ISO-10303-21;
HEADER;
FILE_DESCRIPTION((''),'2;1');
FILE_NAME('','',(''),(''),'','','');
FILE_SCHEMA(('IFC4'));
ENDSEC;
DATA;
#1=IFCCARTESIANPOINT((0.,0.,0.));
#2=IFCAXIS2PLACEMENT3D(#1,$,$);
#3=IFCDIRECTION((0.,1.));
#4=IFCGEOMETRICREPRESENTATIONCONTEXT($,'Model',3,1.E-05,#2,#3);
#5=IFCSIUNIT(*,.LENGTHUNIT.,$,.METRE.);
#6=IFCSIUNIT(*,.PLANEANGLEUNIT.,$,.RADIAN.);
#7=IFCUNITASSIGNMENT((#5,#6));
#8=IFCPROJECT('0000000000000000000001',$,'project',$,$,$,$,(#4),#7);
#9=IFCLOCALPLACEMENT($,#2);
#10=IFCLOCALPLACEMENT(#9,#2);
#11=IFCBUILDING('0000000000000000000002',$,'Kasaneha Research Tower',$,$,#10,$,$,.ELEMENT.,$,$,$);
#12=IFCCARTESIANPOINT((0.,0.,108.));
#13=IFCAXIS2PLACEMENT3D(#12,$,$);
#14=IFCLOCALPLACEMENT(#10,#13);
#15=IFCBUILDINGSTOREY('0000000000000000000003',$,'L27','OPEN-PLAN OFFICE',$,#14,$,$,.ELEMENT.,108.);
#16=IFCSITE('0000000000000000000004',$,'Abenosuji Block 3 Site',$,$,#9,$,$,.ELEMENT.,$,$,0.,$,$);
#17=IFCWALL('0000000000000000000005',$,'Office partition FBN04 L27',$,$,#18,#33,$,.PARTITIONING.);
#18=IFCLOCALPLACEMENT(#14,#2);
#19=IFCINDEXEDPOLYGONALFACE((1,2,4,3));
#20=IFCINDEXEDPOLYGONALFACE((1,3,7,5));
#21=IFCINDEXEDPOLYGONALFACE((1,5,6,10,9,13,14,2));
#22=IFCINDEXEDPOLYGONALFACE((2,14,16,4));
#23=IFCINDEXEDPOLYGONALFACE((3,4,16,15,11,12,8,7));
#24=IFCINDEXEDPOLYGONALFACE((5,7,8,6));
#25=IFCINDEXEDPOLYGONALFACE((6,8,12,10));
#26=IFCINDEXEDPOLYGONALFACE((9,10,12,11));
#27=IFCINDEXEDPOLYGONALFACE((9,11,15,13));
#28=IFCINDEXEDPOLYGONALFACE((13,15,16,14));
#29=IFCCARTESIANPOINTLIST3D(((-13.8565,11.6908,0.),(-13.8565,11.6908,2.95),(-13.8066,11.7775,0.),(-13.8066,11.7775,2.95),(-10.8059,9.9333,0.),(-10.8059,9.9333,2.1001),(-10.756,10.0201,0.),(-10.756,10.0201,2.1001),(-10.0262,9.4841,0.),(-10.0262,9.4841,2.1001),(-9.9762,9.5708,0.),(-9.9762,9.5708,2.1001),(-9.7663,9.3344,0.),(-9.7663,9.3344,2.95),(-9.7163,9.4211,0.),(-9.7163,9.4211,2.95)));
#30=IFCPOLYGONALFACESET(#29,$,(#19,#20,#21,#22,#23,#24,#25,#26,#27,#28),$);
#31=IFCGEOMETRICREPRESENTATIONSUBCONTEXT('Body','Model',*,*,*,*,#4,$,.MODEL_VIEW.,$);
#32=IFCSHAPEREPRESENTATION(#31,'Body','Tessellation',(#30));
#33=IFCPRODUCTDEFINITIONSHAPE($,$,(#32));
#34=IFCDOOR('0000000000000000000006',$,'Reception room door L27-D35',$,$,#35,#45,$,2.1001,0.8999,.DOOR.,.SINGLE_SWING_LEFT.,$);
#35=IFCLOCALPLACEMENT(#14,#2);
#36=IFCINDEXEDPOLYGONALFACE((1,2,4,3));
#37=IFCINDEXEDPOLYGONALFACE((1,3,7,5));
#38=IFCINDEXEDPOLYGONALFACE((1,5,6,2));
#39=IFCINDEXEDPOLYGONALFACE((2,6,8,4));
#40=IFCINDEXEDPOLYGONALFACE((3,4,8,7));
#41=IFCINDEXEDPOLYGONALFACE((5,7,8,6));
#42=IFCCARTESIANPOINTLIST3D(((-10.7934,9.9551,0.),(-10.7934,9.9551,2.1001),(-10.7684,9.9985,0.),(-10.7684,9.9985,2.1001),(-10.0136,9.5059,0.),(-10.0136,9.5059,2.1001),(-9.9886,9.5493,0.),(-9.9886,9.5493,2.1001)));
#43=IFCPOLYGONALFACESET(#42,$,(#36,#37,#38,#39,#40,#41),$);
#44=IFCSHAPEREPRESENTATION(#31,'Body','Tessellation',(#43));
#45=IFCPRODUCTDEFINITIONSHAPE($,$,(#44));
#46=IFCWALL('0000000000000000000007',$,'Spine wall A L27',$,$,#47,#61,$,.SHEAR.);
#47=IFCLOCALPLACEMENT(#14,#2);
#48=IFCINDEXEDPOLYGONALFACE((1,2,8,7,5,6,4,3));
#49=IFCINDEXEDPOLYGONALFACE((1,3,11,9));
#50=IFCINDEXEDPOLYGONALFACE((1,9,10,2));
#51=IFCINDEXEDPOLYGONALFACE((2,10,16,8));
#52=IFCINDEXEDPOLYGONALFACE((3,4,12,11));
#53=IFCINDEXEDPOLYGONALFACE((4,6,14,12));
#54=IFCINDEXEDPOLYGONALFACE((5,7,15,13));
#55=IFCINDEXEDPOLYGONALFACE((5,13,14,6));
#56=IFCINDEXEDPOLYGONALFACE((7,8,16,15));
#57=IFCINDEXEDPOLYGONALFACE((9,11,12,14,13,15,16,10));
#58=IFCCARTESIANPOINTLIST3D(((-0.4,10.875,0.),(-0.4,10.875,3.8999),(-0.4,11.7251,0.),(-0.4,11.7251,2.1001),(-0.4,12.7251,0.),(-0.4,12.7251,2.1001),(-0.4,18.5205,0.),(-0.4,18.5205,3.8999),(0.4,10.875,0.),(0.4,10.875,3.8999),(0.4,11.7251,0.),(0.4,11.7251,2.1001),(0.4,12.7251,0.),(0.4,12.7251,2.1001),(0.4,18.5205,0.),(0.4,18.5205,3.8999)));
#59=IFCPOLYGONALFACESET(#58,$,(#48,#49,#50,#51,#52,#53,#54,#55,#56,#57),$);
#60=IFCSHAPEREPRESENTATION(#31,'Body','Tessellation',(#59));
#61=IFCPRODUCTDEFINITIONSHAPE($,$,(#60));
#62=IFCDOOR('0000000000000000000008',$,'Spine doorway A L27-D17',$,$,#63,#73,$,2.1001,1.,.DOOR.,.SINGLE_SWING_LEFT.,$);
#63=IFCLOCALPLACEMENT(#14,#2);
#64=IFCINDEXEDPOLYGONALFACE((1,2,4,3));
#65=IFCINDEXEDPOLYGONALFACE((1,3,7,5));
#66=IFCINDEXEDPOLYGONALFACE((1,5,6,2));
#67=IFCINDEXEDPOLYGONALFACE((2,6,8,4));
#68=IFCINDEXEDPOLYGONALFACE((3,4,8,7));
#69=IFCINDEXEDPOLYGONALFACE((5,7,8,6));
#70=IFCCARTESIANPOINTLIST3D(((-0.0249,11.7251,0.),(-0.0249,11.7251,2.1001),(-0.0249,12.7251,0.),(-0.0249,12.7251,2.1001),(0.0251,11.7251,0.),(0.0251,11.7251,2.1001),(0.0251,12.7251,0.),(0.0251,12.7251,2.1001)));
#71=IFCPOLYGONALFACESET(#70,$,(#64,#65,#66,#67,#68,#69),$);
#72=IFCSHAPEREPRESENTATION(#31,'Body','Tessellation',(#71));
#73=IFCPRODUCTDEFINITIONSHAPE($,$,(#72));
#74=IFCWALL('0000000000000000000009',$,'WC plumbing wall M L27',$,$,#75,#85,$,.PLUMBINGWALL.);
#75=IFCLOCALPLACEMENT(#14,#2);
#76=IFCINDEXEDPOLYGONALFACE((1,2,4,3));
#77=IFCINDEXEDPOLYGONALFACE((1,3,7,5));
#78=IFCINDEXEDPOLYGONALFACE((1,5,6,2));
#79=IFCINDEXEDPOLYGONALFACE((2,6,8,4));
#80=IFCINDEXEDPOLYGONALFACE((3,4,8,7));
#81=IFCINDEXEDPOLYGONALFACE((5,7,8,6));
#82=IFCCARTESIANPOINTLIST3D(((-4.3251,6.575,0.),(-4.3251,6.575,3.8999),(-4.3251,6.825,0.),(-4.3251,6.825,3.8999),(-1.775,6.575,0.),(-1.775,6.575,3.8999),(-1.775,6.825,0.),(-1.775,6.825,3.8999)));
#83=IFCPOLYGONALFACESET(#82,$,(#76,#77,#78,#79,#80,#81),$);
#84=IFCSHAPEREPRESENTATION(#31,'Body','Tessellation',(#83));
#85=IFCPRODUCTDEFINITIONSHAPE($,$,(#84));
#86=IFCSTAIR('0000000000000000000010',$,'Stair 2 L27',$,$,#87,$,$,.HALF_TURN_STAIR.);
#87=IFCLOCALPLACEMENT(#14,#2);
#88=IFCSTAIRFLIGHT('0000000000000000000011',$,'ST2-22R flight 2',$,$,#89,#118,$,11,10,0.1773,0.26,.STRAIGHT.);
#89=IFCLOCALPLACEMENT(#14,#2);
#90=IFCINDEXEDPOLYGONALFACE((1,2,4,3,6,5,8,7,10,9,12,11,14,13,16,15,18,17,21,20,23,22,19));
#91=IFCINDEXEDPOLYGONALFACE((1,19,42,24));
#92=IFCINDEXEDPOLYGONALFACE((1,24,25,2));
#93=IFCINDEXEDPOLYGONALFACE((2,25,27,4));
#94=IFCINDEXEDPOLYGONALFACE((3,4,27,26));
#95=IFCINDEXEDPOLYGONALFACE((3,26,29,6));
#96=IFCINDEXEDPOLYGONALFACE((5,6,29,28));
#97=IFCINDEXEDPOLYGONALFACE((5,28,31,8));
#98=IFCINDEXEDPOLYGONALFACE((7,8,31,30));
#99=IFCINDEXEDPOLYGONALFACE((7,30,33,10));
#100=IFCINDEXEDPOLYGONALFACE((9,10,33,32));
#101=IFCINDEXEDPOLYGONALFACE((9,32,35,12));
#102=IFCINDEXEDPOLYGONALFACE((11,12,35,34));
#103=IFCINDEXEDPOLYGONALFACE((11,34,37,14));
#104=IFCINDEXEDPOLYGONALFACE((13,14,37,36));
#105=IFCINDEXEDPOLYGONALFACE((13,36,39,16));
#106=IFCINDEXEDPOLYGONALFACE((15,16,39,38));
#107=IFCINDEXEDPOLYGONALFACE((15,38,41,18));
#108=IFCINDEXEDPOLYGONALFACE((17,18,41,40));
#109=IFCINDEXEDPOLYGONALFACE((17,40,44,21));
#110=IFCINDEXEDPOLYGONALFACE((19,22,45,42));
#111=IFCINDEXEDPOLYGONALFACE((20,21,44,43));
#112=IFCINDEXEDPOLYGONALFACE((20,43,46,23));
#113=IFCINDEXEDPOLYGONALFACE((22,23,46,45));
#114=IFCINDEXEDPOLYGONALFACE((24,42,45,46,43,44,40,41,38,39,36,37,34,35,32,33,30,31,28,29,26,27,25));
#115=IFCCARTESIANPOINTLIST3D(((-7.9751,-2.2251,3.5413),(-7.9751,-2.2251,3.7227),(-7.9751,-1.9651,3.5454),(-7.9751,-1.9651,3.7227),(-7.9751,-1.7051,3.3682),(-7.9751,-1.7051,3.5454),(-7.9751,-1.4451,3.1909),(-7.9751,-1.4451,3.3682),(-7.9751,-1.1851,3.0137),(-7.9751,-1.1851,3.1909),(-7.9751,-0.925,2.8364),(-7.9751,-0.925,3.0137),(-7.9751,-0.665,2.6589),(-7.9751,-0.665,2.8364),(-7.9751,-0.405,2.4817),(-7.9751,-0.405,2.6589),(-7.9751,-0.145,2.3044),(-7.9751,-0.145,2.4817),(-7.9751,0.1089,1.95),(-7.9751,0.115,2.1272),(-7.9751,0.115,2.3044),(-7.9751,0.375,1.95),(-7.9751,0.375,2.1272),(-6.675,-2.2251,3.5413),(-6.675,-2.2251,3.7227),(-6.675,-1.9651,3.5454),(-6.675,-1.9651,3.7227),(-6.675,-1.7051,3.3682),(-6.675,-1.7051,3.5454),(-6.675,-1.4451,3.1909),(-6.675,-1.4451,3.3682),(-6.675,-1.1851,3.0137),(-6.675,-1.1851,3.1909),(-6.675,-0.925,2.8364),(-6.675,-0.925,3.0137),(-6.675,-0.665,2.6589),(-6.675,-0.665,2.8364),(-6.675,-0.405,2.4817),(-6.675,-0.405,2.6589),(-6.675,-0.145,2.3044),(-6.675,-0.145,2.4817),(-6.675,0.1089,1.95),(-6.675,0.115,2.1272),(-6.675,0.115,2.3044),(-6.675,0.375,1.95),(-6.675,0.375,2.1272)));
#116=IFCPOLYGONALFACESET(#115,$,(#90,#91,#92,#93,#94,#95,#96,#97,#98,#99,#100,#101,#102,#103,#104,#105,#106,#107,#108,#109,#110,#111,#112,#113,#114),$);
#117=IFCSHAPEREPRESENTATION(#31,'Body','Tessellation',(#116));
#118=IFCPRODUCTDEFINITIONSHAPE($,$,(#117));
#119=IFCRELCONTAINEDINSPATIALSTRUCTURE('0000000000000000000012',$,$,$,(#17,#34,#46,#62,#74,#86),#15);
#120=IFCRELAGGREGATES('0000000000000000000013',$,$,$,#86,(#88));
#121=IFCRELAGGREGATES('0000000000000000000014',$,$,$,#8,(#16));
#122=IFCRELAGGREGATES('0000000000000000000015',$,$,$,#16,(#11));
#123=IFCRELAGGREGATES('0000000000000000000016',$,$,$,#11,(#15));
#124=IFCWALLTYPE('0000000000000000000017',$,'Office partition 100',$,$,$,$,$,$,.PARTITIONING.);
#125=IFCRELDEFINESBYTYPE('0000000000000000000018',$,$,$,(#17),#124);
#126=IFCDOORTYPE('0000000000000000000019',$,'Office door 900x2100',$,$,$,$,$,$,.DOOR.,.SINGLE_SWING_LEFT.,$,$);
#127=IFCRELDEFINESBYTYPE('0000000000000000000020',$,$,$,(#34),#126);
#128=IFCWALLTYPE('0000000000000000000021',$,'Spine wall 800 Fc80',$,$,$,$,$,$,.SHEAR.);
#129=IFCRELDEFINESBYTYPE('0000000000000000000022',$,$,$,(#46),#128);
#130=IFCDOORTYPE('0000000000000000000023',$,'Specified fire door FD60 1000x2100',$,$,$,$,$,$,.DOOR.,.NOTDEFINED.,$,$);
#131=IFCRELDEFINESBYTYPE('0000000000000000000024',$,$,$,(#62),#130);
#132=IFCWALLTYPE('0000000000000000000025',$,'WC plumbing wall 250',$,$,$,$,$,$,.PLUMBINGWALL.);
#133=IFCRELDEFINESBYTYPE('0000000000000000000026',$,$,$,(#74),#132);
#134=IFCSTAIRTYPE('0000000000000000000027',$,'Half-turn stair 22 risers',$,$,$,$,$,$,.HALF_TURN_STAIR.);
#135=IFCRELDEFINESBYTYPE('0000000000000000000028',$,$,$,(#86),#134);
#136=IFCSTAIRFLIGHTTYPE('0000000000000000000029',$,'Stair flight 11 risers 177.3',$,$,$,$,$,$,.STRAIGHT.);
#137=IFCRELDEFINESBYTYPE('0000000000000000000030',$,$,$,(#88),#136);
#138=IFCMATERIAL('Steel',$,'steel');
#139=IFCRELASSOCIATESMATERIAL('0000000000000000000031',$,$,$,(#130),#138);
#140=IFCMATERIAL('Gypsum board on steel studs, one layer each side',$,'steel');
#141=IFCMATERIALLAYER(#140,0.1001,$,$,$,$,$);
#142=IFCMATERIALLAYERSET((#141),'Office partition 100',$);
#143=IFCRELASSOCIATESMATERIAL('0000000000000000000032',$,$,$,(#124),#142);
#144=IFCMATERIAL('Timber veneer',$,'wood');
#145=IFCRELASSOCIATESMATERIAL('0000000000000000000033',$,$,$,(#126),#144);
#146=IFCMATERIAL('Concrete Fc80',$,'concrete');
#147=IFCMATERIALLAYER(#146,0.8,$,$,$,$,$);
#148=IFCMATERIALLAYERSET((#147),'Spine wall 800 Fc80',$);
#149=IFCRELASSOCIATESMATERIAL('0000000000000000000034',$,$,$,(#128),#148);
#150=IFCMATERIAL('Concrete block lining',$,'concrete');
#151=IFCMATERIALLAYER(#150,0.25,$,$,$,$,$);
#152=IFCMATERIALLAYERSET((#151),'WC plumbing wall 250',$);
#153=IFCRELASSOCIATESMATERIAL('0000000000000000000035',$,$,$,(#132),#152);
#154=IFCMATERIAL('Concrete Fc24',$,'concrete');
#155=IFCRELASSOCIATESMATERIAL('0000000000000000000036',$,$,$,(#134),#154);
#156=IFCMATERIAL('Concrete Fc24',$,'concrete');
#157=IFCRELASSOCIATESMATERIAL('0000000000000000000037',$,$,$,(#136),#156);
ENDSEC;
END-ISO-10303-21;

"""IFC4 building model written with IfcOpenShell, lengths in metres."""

from ifc_helpers import new_model, si_unit, direction, frame, frame_2d, origin, place, context, subcontext, project, spatial, polyline, rectangle, outline, extrude, material, layer, layer_set, type_object, element, fill, aggregate, save


model = new_model("IFC4")

# Units and contexts
model_context = context("Model", 3, precision=1e-05, world=origin(), true_north=direction((0.0, 1.0)))
body_context = subcontext(model_context, "Body", "Model", "MODEL_VIEW")
ifc_project = project(units=[si_unit("LENGTHUNIT", "METRE"), si_unit("PLANEANGLEUNIT", "RADIAN")], contexts=[model_context])

# Site, building, storey
site_placement = place(None, origin())
site = spatial("IfcSite", under=ifc_project, at=site_placement, Name="Abenosuji Block 3 Site", CompositionType="ELEMENT", RefElevation=0.0)
building_placement = place(site_placement, origin())
building = spatial("IfcBuilding", under=site, at=building_placement, Name="Kasaneha Research Tower", CompositionType="ELEMENT")
storey_placement = place(building_placement, frame((0.0, 0.0, 108.0)))
storey = spatial("IfcBuildingStorey", under=building, at=storey_placement, Name="L27", Description="OPEN-PLAN OFFICE", CompositionType="ELEMENT", Elevation=108.0)

# Shared definitions
ifc_material_1 = material(Name="Steel", Category="steel")
door_type_1 = type_object("IfcDoorType", Name="Specified fire door FD60 1000x2100", OperationType="NOTDEFINED", PredefinedType="DOOR", material=ifc_material_1)

# Walls, openings, doors
ifc_material_2 = material(Name="Gypsum board on steel studs, one layer each side", Category="steel")
ifc_layer_1 = layer(ifc_material_2, 0.1001)
ifc_layer_set_1 = layer_set([ifc_layer_1], Name="Office partition 100")
wall_type_1 = type_object("IfcWallType", Name="Office partition 100", PredefinedType="PARTITIONING", material=ifc_layer_set_1)
wall_1_placement = place(storey_placement, frame((-9.7412, 9.3777, 0.0), z_axis=(0.0, 0.0, 1.0), x_axis=(-0.866494, 0.499188, 0.0)))
wall_1 = element("IfcWall", 1, at=wall_1_placement, inside=storey, type_object=wall_type_1, Name="Office partition FBN04 L27", PredefinedType="PARTITIONING", context=body_context, shape_type="SweptSolid", body=[
    extrude(rectangle(XDim=4.7205, YDim=0.1001, at=frame_2d((2.3604, 0.0))), origin(), (0.0, 0.0, 1.0), 2.95),
])
opening_1_placement = place(wall_1_placement, frame((0.3, 0.0, 0.0)))
opening_1 = element("IfcOpeningElement", 2, at=opening_1_placement, cuts=wall_1, PredefinedType="OPENING", context=body_context, shape_type="SweptSolid", body=[
    extrude(rectangle(XDim=0.8999, YDim=2.1001, at=frame_2d((0.45, 1.05))), frame((0.0, 0.0601, 0.0), z_axis=(0.0, -1.0, 0.0), x_axis=(1.0, 0.0, 0.0)), (0.0, 0.0, 1.0), 0.1201),
])
ifc_material_3 = material(Name="Timber veneer", Category="wood")
door_type_2 = type_object("IfcDoorType", Name="Office door 900x2100", OperationType="SINGLE_SWING_LEFT", PredefinedType="DOOR", material=ifc_material_3)
door_1_placement = place(opening_1_placement, origin())
door_1 = element("IfcDoor", 3, at=door_1_placement, inside=storey, type_object=door_type_2, Name="Reception room door L27-D35", OperationType="SINGLE_SWING_LEFT", OverallHeight=2.1001, OverallWidth=0.8999, PredefinedType="DOOR", context=body_context, shape_type="SweptSolid", body=[
    extrude(rectangle(XDim=0.8999, YDim=2.1001, at=frame_2d((0.45, 1.05))), frame((0.0, 0.0249, 0.0), z_axis=(0.0, -1.0, 0.0), x_axis=(1.0, 0.0, 0.0)), (0.0, 0.0, 1.0), 0.05),
])
fill(opening_1, door_1)
ifc_material_4 = material(Name="Concrete Fc80", Category="concrete")
ifc_layer_2 = layer(ifc_material_4, 0.8)
ifc_layer_set_2 = layer_set([ifc_layer_2], Name="Spine wall 800 Fc80")
wall_type_2 = type_object("IfcWallType", Name="Spine wall 800 Fc80", PredefinedType="SHEAR", material=ifc_layer_set_2)
wall_2_placement = place(storey_placement, frame((0.0, 10.875, 0.0), z_axis=(0.0, 0.0, 1.0), x_axis=(0.0, 1.0, 0.0)))
wall_2 = element("IfcWall", 4, at=wall_2_placement, inside=storey, type_object=wall_type_2, Name="Spine wall A L27", PredefinedType="SHEAR", context=body_context, shape_type="SweptSolid", body=[
    extrude(rectangle(XDim=7.6455, YDim=0.8, at=frame_2d((3.8228, 0.0))), origin(), (0.0, 0.0, 1.0), 3.8999),
])
opening_2_placement = place(wall_2_placement, frame((0.8501, 0.0, 0.0)))
opening_2 = element("IfcOpeningElement", 5, at=opening_2_placement, cuts=wall_2, PredefinedType="OPENING", context=body_context, shape_type="SweptSolid", body=[
    extrude(rectangle(XDim=1.0, YDim=2.1001, at=frame_2d((0.5, 1.05))), frame((0.0, 0.4102, 0.0), z_axis=(0.0, -1.0, 0.0), x_axis=(1.0, 0.0, 0.0)), (0.0, 0.0, 1.0), 0.8201),
])
door_2_placement = place(opening_2_placement, origin())
door_2 = element("IfcDoor", 6, at=door_2_placement, inside=storey, type_object=door_type_1, Name="Spine doorway A L27-D17", OperationType="SINGLE_SWING_LEFT", OverallHeight=2.1001, OverallWidth=1.0, PredefinedType="DOOR", context=body_context, shape_type="SweptSolid", body=[
    extrude(rectangle(XDim=1.0, YDim=2.1001, at=frame_2d((0.5, 1.05))), frame((0.0, 0.0249, 0.0), z_axis=(0.0, -1.0, 0.0), x_axis=(1.0, 0.0, 0.0)), (0.0, 0.0, 1.0), 0.05),
])
fill(opening_2, door_2)

# Wall
ifc_material_5 = material(Name="Concrete block lining", Category="concrete")
ifc_layer_3 = layer(ifc_material_5, 0.25)
ifc_layer_set_3 = layer_set([ifc_layer_3], Name="WC plumbing wall 250")
wall_type_3 = type_object("IfcWallType", Name="WC plumbing wall 250", PredefinedType="PLUMBINGWALL", material=ifc_layer_set_3)
wall_3_placement = place(storey_placement, frame((-4.325, 6.7, 0.0), z_axis=(0.0, 0.0, 1.0), x_axis=(1.0, 0.0, 0.0)))
element("IfcWall", 7, at=wall_3_placement, inside=storey, type_object=wall_type_3, Name="WC plumbing wall M L27", PredefinedType="PLUMBINGWALL", context=body_context, shape_type="SweptSolid", body=[
    extrude(rectangle(XDim=2.55, YDim=0.25, at=frame_2d((1.2749, 0.0))), origin(), (0.0, 0.0, 1.0), 3.8999),
])

# Stair, stair flight
ifc_material_6 = material(Name="Concrete Fc24", Category="concrete")
stair_type = type_object("IfcStairType", Name="Half-turn stair 22 risers", PredefinedType="HALF_TURN_STAIR", material=ifc_material_6)
stair_placement = place(storey_placement, origin())
stair = element("IfcStair", 8, at=stair_placement, inside=storey, type_object=stair_type, Name="Stair 2 L27", PredefinedType="HALF_TURN_STAIR")
ifc_material_7 = material(Name="Concrete Fc24", Category="concrete")
stair_flight_type = type_object("IfcStairFlightType", Name="Stair flight 11 risers 177.3", PredefinedType="STRAIGHT", material=ifc_material_7)
stair_flight_placement = place(storey_placement, frame((-7.325, 0.375, 1.95), z_axis=(0.0, 0.0, 1.0), x_axis=(0.0, -1.0, 0.0)))
stair_flight = element("IfcStairFlight", 9, at=stair_flight_placement, type_object=stair_flight_type, Name="ST2-22R flight 2", NumberOfRisers=11, NumberOfTreads=10, PredefinedType="STRAIGHT", RiserHeight=0.1773, TreadLength=0.26, context=body_context, shape_type="SweptSolid", body=[
    extrude(outline(polyline([(0.0, 0.0), (0.0, 0.1772), (0.26, 0.1772), (0.26, 0.3545), (0.52, 0.3545), (0.52, 0.5317), (0.78, 0.5317), (0.78, 0.709), (1.04, 0.709), (1.04, 0.8865), (1.3, 0.8865), (1.3, 1.0637), (1.5601, 1.0637), (1.5601, 1.241), (1.8201, 1.241), (1.8201, 1.4182), (2.0801, 1.4182), (2.0801, 1.5955), (2.3401, 1.5955), (2.3401, 1.7727), (2.6001, 1.7727), (2.6001, 1.95), (2.6001, 1.5913), (0.2661, 0.0), (0.0, 0.0)])), frame((0.0, 0.6499, 0.0), z_axis=(0.0, -1.0, 0.0), x_axis=(1.0, 0.0, 0.0)), (0.0, 0.0, 1.0), 1.3),
])
aggregate(stair, [stair_flight])

save(model, "model.ifc")
